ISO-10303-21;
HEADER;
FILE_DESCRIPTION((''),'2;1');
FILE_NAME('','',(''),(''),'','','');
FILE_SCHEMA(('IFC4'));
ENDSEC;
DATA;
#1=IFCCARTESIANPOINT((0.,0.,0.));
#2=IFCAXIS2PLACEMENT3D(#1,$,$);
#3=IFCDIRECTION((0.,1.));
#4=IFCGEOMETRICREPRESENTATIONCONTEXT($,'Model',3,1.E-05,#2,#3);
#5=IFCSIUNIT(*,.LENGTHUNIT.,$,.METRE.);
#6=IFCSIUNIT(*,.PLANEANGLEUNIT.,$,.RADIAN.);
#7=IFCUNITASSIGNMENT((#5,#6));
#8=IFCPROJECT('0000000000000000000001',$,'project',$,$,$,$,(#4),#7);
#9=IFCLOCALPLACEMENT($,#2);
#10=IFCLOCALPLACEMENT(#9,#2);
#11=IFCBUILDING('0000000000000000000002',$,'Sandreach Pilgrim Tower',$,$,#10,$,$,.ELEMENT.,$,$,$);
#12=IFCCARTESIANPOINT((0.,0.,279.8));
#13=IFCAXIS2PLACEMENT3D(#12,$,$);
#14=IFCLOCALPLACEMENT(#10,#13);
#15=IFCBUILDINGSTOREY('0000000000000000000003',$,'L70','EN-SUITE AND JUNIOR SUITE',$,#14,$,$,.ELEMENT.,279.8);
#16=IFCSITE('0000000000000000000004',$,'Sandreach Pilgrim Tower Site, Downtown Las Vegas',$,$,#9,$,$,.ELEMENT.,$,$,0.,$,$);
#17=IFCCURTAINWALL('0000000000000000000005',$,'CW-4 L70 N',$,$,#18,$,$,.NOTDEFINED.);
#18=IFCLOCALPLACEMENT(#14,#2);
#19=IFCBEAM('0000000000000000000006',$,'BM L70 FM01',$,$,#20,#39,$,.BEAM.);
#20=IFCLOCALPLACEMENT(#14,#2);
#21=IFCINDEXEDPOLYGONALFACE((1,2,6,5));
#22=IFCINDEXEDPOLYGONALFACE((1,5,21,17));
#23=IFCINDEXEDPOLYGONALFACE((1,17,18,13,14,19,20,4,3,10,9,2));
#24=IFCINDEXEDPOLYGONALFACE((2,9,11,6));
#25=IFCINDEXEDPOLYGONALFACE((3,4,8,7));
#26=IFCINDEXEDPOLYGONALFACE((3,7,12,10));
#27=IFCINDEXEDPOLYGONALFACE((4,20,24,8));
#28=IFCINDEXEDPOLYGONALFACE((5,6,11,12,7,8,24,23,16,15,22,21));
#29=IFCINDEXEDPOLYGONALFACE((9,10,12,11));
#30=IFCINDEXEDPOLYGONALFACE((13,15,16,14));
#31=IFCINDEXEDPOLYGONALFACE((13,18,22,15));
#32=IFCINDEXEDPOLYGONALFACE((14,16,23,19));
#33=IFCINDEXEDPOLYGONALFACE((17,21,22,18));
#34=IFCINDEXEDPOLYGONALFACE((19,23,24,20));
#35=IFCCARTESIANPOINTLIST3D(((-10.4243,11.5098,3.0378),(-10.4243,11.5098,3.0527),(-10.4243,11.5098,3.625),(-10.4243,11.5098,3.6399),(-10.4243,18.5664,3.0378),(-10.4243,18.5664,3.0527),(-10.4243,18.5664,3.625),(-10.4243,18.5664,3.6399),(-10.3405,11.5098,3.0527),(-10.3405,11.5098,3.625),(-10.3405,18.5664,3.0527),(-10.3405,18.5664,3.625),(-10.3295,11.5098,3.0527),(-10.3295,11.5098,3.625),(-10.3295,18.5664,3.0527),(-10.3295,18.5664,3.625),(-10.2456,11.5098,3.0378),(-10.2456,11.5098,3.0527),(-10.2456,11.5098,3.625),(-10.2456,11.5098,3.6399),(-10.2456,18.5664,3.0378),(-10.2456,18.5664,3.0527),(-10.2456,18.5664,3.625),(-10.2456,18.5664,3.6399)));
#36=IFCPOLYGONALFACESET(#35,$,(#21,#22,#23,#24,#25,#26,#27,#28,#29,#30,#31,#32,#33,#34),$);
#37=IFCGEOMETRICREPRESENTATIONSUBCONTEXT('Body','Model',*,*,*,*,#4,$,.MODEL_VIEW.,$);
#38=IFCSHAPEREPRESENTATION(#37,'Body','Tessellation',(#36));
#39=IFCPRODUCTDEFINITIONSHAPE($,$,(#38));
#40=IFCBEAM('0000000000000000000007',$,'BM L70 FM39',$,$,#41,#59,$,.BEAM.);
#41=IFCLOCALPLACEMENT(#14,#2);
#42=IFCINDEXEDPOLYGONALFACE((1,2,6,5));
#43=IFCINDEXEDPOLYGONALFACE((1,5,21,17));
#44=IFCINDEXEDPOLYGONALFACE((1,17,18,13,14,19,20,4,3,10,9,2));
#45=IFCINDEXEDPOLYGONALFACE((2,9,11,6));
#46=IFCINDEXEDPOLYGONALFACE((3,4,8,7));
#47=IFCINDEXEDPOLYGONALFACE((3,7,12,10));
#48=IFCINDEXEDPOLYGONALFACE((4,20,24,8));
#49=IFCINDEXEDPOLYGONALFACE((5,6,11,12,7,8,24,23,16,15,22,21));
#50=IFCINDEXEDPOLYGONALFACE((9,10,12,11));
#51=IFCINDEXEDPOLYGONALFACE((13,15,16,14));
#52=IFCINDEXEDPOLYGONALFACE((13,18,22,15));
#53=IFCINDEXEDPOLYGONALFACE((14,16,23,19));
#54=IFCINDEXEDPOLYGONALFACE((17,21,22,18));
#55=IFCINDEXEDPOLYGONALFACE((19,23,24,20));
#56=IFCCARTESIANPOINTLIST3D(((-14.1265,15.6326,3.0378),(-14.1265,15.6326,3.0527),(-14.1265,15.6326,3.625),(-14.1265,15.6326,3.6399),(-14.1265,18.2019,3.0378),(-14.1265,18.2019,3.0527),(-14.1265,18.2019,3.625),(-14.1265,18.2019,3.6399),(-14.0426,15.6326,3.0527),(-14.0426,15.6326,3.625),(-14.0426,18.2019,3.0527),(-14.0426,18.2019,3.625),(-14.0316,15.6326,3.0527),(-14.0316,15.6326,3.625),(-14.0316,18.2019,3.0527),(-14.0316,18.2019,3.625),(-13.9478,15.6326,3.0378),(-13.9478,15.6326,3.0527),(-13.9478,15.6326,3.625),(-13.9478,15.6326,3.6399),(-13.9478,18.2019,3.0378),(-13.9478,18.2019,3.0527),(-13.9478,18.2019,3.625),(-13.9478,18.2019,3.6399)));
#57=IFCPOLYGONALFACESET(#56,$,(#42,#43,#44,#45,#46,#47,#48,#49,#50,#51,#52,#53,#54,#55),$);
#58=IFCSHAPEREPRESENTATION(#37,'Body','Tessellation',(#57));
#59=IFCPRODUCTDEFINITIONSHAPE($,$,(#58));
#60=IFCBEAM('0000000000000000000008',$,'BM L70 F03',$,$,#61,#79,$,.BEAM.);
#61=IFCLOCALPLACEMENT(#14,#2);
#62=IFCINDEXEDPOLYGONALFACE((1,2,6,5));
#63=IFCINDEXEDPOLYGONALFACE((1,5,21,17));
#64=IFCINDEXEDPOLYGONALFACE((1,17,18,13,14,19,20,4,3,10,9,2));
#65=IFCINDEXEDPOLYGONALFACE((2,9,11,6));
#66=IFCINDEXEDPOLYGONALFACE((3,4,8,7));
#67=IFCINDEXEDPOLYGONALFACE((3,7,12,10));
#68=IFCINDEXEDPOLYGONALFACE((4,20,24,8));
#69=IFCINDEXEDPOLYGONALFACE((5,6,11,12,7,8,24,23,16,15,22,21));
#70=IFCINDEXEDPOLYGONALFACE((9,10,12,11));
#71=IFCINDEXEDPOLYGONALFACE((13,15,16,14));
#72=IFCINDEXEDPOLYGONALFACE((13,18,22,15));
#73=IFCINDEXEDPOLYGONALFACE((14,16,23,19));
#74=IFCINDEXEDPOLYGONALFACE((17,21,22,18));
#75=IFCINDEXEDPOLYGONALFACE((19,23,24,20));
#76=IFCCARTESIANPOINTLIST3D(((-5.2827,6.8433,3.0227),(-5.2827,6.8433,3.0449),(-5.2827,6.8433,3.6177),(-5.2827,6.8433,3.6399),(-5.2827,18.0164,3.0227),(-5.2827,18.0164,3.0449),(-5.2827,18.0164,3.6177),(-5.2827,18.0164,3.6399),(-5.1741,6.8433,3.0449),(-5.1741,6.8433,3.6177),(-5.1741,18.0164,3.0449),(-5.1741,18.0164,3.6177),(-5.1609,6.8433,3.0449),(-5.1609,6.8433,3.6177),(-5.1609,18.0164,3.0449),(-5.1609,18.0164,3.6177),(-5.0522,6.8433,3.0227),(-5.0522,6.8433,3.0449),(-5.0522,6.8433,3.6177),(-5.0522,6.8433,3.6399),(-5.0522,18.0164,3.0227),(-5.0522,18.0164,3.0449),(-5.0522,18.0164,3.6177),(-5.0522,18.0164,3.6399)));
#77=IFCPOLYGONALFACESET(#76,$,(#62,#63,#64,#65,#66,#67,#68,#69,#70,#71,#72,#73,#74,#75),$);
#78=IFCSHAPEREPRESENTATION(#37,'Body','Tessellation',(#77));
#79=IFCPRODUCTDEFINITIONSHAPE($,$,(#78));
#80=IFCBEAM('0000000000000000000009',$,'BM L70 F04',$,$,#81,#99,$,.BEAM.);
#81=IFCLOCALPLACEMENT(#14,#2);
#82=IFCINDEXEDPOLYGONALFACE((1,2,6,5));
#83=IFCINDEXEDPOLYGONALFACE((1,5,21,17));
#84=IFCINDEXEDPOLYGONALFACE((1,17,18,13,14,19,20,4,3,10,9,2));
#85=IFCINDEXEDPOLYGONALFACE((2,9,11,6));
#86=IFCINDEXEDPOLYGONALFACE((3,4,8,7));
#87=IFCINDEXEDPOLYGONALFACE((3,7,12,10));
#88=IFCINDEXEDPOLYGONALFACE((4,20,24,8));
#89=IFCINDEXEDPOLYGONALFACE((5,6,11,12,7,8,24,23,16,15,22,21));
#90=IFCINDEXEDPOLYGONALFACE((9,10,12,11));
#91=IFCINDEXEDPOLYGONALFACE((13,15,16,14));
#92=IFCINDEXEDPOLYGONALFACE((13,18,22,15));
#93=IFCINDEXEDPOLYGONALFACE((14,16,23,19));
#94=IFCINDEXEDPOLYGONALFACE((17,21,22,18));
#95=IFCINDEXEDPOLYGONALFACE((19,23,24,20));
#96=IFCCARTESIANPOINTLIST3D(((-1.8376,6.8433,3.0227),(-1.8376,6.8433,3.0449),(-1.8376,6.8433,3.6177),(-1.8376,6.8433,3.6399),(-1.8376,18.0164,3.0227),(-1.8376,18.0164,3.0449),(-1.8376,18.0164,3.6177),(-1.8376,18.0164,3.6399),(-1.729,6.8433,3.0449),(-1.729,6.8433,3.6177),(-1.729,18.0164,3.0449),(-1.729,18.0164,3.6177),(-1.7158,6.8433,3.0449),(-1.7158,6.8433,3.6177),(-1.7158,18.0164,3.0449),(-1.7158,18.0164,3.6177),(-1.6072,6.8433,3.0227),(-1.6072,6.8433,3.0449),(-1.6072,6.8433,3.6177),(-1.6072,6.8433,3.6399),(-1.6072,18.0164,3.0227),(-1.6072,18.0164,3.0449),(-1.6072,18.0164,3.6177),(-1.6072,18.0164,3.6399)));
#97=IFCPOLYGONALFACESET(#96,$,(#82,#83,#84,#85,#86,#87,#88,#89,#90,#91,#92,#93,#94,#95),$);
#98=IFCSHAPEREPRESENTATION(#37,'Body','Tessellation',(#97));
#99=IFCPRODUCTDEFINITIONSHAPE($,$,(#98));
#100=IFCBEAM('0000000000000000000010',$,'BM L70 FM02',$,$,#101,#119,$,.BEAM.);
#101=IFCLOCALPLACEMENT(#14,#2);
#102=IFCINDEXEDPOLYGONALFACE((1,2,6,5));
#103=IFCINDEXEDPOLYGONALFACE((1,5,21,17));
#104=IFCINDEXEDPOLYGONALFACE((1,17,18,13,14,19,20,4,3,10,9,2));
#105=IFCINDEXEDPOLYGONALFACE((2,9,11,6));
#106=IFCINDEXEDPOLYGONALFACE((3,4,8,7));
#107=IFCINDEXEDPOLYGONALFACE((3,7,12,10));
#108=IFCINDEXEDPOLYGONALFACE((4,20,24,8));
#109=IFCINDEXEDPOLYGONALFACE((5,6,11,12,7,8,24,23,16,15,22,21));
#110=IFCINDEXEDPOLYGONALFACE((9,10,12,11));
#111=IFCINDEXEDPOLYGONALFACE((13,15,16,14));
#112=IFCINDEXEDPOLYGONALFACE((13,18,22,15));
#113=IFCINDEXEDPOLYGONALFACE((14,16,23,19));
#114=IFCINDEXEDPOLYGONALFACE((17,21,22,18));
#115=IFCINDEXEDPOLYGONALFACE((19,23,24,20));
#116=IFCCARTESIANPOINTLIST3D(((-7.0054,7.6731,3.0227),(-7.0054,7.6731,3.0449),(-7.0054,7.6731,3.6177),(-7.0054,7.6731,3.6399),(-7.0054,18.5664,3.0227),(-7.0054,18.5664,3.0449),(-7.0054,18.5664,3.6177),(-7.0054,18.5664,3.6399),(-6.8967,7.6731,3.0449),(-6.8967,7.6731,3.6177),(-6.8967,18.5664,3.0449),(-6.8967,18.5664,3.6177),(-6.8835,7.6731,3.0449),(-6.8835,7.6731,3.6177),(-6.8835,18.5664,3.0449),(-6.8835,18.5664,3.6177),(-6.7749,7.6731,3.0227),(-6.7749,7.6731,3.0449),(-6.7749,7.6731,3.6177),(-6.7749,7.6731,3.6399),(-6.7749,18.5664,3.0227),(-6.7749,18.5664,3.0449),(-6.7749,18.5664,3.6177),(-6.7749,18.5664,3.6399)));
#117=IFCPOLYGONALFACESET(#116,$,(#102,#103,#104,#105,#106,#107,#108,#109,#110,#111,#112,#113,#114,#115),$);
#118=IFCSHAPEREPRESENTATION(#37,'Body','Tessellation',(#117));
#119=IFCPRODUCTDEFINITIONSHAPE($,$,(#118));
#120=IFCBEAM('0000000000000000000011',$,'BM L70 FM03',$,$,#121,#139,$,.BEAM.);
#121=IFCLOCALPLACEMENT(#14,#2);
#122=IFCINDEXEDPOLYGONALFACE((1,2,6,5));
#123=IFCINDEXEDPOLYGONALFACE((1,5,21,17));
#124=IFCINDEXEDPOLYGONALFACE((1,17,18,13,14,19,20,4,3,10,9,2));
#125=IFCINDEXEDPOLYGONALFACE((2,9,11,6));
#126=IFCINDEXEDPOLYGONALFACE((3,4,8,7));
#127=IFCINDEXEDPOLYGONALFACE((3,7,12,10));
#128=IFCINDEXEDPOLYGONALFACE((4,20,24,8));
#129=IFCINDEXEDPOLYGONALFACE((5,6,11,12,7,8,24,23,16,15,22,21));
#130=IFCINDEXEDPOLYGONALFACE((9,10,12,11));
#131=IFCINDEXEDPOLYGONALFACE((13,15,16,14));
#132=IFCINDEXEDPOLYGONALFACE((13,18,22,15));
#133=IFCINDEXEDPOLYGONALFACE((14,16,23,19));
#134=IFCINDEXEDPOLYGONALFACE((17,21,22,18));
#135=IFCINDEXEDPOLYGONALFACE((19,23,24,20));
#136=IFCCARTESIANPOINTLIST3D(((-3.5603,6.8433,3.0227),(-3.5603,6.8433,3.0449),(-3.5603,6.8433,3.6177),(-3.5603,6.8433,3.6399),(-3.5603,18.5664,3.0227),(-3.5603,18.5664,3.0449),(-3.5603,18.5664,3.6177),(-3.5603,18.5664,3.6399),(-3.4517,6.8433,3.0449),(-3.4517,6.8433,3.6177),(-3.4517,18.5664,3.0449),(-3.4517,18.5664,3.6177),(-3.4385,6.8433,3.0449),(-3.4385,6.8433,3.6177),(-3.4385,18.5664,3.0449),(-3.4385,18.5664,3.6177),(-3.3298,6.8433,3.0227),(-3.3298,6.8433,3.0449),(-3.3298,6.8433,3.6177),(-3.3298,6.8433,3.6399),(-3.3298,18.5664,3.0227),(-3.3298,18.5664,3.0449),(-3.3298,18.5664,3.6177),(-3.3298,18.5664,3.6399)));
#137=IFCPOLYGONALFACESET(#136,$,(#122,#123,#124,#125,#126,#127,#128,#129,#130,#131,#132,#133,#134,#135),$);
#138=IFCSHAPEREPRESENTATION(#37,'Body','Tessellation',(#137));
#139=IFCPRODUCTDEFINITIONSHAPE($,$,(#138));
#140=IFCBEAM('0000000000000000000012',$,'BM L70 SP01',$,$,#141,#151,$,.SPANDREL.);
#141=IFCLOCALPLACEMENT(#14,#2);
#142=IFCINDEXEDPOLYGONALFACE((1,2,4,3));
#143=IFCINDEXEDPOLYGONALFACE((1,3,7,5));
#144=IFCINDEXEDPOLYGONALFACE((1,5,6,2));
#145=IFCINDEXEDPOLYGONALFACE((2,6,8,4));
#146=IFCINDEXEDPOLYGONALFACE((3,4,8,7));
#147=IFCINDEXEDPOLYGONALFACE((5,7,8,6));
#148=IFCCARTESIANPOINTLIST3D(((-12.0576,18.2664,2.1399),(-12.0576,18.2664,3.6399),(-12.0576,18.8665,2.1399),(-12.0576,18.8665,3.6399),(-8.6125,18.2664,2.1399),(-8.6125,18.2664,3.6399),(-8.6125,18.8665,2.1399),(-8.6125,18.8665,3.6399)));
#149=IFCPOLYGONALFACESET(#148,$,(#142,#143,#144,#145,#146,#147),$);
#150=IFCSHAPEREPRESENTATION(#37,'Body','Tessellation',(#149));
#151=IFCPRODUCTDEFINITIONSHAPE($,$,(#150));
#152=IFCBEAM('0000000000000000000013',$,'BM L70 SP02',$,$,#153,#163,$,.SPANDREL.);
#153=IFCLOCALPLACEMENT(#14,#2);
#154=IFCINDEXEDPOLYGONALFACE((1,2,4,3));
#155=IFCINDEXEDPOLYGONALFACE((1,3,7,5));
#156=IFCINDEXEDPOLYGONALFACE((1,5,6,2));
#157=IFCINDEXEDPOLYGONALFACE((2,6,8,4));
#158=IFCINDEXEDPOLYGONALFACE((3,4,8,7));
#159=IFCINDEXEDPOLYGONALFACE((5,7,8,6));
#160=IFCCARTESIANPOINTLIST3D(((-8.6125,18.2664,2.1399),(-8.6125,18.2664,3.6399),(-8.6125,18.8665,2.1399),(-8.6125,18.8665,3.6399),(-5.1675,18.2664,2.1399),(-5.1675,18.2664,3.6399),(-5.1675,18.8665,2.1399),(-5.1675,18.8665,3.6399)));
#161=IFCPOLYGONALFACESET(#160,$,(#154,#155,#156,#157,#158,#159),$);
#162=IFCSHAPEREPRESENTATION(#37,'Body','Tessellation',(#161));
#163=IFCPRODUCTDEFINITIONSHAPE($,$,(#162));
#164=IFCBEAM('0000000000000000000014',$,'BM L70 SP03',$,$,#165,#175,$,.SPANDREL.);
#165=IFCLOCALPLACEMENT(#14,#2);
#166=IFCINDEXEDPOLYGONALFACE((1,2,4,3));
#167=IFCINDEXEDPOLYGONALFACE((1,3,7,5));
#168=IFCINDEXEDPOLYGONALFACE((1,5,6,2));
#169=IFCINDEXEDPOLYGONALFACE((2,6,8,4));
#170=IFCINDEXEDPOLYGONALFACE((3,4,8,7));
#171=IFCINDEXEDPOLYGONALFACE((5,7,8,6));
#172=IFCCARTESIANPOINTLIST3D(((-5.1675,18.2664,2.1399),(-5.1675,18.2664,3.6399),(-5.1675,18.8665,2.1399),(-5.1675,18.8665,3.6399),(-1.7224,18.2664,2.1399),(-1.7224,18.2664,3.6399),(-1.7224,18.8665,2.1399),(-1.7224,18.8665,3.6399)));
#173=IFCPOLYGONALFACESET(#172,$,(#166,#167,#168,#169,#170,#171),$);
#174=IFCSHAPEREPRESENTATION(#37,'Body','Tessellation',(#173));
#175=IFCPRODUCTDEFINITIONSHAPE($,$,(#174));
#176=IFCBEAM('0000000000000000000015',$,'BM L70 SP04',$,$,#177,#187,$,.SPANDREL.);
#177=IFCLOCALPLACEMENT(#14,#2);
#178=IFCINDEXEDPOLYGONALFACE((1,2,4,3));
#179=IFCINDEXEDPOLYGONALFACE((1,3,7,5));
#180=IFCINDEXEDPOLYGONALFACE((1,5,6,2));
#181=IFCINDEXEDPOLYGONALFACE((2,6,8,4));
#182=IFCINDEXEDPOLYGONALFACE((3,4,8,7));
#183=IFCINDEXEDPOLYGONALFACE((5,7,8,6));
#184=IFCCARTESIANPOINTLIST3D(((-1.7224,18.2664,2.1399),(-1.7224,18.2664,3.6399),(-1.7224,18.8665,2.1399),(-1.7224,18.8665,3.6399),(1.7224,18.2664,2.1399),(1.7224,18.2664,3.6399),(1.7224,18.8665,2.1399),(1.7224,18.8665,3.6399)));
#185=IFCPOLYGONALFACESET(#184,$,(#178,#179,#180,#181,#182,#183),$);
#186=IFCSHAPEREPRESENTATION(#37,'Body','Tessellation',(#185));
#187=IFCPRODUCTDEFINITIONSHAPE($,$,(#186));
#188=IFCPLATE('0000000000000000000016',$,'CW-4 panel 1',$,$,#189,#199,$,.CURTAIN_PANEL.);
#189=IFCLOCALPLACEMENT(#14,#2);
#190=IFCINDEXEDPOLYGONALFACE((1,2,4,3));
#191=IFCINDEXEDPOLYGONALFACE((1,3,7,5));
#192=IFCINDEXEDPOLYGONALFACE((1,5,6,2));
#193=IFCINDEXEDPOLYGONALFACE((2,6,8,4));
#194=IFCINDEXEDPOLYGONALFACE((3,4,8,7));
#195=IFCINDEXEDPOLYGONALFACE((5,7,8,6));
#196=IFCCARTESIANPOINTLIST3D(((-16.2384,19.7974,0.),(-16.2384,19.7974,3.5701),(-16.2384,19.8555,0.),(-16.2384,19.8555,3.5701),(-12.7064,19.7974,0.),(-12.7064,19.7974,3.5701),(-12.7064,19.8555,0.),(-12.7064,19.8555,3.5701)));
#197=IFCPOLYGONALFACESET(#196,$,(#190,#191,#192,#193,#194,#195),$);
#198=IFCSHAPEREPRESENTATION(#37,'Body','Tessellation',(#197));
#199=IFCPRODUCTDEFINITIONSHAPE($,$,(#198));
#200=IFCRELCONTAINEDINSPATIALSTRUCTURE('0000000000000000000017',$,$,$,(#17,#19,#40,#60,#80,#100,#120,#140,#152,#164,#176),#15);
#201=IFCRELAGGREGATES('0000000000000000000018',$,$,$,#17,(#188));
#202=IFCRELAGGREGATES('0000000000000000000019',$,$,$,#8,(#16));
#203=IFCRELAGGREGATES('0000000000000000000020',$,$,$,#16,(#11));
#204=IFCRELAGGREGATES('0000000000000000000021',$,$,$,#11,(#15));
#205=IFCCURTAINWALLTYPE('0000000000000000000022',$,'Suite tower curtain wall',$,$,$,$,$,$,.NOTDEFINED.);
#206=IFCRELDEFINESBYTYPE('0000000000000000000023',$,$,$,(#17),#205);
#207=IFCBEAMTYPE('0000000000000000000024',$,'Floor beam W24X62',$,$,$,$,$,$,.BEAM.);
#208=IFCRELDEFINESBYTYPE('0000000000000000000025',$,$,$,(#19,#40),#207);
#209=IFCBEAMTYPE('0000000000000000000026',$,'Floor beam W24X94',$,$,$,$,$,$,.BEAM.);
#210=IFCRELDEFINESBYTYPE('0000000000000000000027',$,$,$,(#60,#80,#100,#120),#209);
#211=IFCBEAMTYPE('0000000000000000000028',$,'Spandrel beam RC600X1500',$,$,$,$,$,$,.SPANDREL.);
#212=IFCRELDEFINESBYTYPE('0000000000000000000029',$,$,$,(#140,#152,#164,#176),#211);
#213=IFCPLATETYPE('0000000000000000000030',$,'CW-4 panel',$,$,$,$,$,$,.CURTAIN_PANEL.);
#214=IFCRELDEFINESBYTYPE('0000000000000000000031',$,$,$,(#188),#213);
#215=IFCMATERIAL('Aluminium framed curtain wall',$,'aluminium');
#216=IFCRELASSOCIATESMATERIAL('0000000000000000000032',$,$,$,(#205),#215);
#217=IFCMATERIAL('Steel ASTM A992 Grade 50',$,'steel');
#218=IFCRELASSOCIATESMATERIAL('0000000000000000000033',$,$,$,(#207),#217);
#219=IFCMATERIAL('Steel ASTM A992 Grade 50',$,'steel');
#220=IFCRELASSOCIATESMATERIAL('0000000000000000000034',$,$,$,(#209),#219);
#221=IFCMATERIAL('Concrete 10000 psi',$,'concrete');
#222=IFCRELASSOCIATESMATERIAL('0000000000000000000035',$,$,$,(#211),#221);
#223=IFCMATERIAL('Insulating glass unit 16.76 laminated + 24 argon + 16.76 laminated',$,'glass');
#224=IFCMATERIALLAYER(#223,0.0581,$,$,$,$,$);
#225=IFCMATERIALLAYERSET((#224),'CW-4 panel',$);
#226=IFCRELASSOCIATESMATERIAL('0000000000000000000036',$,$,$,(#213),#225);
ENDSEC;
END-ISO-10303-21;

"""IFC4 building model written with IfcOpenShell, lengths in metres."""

from ifc_helpers import new_model, si_unit, direction, frame, origin, origin_2d, place, context, subcontext, project, spatial, rectangle, i_section, extrude, material, layer, layer_set, material_profile, profile_set, type_object, element, aggregate, save


model = new_model("IFC4")

# Units and contexts
model_context = context("Model", 3, precision=1e-05, world=origin(), true_north=direction((0.0, 1.0)))
body_context = subcontext(model_context, "Body", "Model", "MODEL_VIEW")
ifc_project = project(units=[si_unit("LENGTHUNIT", "METRE"), si_unit("PLANEANGLEUNIT", "RADIAN")], contexts=[model_context])

# Site, building, storey
site_placement = place(None, origin())
site = spatial("IfcSite", under=ifc_project, at=site_placement, Name="Sandreach Pilgrim Tower Site, Downtown Las Vegas", CompositionType="ELEMENT", RefElevation=0.0)
building_placement = place(site_placement, origin())
building = spatial("IfcBuilding", under=site, at=building_placement, Name="Sandreach Pilgrim Tower", CompositionType="ELEMENT")
storey_placement = place(building_placement, frame((0.0, 0.0, 279.8)))
storey = spatial("IfcBuildingStorey", under=building, at=storey_placement, Name="L70", Description="EN-SUITE AND JUNIOR SUITE", CompositionType="ELEMENT", Elevation=279.8)

# Curtain wall
ifc_material_1 = material(Name="Aluminium framed curtain wall", Category="aluminium")
curtain_wall_type = type_object("IfcCurtainWallType", Name="Suite tower curtain wall", PredefinedType="NOTDEFINED", material=ifc_material_1)
curtain_wall_placement = place(storey_placement, origin())
curtain_wall = element("IfcCurtainWall", 1, at=curtain_wall_placement, inside=storey, type_object=curtain_wall_type, Name="CW-4 L70 N", PredefinedType="NOTDEFINED")

# Beams
ifc_material_2 = material(Name="Steel ASTM A992 Grade 50", Category="steel")
ifc_material_profile_1 = material_profile(ifc_material_2, i_section(OverallWidth=0.1787, OverallDepth=0.6021, WebThickness=0.011, FlangeThickness=0.0149, at=origin_2d()), Name="W24X62")
ifc_profile_set_1 = profile_set([ifc_material_profile_1], Name="Steel ASTM A992 Grade 50")
beam_type_1 = type_object("IfcBeamType", Name="Floor beam W24X62", PredefinedType="BEAM", material=ifc_profile_set_1)
beam_1_placement = place(storey_placement, frame((-10.335, 18.5664, 3.3389), z_axis=(0.0, -1.0, 0.0), x_axis=(1.0, 0.0, 0.0)))
element("IfcBeam", 2, at=beam_1_placement, inside=storey, type_object=beam_type_1, Name="BM L70 FM01", PredefinedType="BEAM", context=body_context, shape_type="SweptSolid", body=[
    extrude(i_section(OverallWidth=0.1787, OverallDepth=0.6021, WebThickness=0.011, FlangeThickness=0.0149, at=origin_2d()), origin(), (0.0, 0.0, 1.0), 7.0566),
])
beam_2_placement = place(storey_placement, frame((-14.0371, 18.2019, 3.3389), z_axis=(0.0, -1.0, 0.0), x_axis=(1.0, 0.0, 0.0)))
element("IfcBeam", 3, at=beam_2_placement, inside=storey, type_object=beam_type_1, Name="BM L70 FM39", PredefinedType="BEAM", context=body_context, shape_type="SweptSolid", body=[
    extrude(i_section(OverallWidth=0.1787, OverallDepth=0.6021, WebThickness=0.011, FlangeThickness=0.0149, at=origin_2d()), origin(), (0.0, 0.0, 1.0), 2.5693),
])
ifc_material_3 = material(Name="Steel ASTM A992 Grade 50", Category="steel")
ifc_material_profile_2 = material_profile(ifc_material_3, i_section(OverallWidth=0.2305, OverallDepth=0.6172, WebThickness=0.0132, FlangeThickness=0.0222, at=origin_2d()), Name="W24X94")
ifc_profile_set_2 = profile_set([ifc_material_profile_2], Name="Steel ASTM A992 Grade 50")
beam_type_2 = type_object("IfcBeamType", Name="Floor beam W24X94", PredefinedType="BEAM", material=ifc_profile_set_2)
for number, where, z_axis, x_axis, name in (
    (4, (-5.1675, 18.0164, 3.3313), (0.0, -1.0, 0.0), (1.0, 0.0, 0.0), "BM L70 F03"),
    (5, (-1.7224, 18.0164, 3.3313), (0.0, -1.0, 0.0), (1.0, 0.0, 0.0), "BM L70 F04"),
):
    element("IfcBeam", number, at=place(storey_placement, frame(where, z_axis=z_axis, x_axis=x_axis)), inside=storey, type_object=beam_type_2, Name=name, PredefinedType="BEAM", context=body_context, shape_type="SweptSolid", body=[
        extrude(i_section(OverallWidth=0.2305, OverallDepth=0.6172, WebThickness=0.0132, FlangeThickness=0.0222, at=origin_2d()), origin(), (0.0, 0.0, 1.0), 11.1731),
    ])
beam_3_placement = place(storey_placement, frame((-6.8901, 18.5664, 3.3313), z_axis=(0.0, -1.0, 0.0), x_axis=(1.0, 0.0, 0.0)))
element("IfcBeam", 6, at=beam_3_placement, inside=storey, type_object=beam_type_2, Name="BM L70 FM02", PredefinedType="BEAM", context=body_context, shape_type="SweptSolid", body=[
    extrude(i_section(OverallWidth=0.2305, OverallDepth=0.6172, WebThickness=0.0132, FlangeThickness=0.0222, at=origin_2d()), origin(), (0.0, 0.0, 1.0), 10.8933),
])
beam_4_placement = place(storey_placement, frame((-3.4451, 18.5664, 3.3313), z_axis=(0.0, -1.0, 0.0), x_axis=(1.0, 0.0, 0.0)))
element("IfcBeam", 7, at=beam_4_placement, inside=storey, type_object=beam_type_2, Name="BM L70 FM03", PredefinedType="BEAM", context=body_context, shape_type="SweptSolid", body=[
    extrude(i_section(OverallWidth=0.2305, OverallDepth=0.6172, WebThickness=0.0132, FlangeThickness=0.0222, at=origin_2d()), origin(), (0.0, 0.0, 1.0), 11.7231),
])
ifc_material_4 = material(Name="Concrete 10000 psi", Category="concrete")
ifc_material_profile_3 = material_profile(ifc_material_4, rectangle(XDim=0.6001, YDim=1.5, at=origin_2d()), Name="RC600X1500")
ifc_profile_set_3 = profile_set([ifc_material_profile_3], Name="Concrete 10000 psi")
beam_type_3 = type_object("IfcBeamType", Name="Spandrel beam RC600X1500", PredefinedType="SPANDREL", material=ifc_profile_set_3)
for number, where, z_axis, x_axis, name in (
    (8, (-12.0576, 18.5664, 2.8899), (1.0, 0.0, 0.0), (0.0, 1.0, 0.0), "BM L70 SP01"),
    (9, (-8.6125, 18.5664, 2.8899), (1.0, 0.0, 0.0), (0.0, 1.0, 0.0), "BM L70 SP02"),
    (10, (-5.1675, 18.5664, 2.8899), (1.0, 0.0, 0.0), (0.0, 1.0, 0.0), "BM L70 SP03"),
):
    element("IfcBeam", number, at=place(storey_placement, frame(where, z_axis=z_axis, x_axis=x_axis)), inside=storey, type_object=beam_type_3, Name=name, PredefinedType="SPANDREL", context=body_context, shape_type="SweptSolid", body=[
        extrude(rectangle(XDim=0.6001, YDim=1.5, at=origin_2d()), origin(), (0.0, 0.0, 1.0), 3.4451),
    ])
beam_5_placement = place(storey_placement, frame((-1.7224, 18.5664, 2.8899), z_axis=(1.0, 0.0, 0.0), x_axis=(0.0, 1.0, 0.0)))
element("IfcBeam", 11, at=beam_5_placement, inside=storey, type_object=beam_type_3, Name="BM L70 SP04", PredefinedType="SPANDREL", context=body_context, shape_type="SweptSolid", body=[
    extrude(rectangle(XDim=0.6001, YDim=1.5, at=origin_2d()), origin(), (0.0, 0.0, 1.0), 3.4448),
])

# Plate
ifc_material_5 = material(Name="Insulating glass unit 16.76 laminated + 24 argon + 16.76 laminated", Category="glass")
ifc_layer_1 = layer(ifc_material_5, 0.0581)
ifc_layer_set_1 = layer_set([ifc_layer_1], Name="CW-4 panel")
plate_type = type_object("IfcPlateType", Name="CW-4 panel", PredefinedType="CURTAIN_PANEL", material=ifc_layer_set_1)
plate_1_placement = place(storey_placement, frame((-14.4724, 19.8264, 0.0), z_axis=(0.0, 0.0, 1.0), x_axis=(1.0, 0.0, 0.0)))
plate_1 = element("IfcPlate", 12, at=plate_1_placement, type_object=plate_type, Name="CW-4 panel 1", PredefinedType="CURTAIN_PANEL", context=body_context, shape_type="SweptSolid", body=[
    extrude(rectangle(XDim=3.532, YDim=0.0581, at=origin_2d()), origin(), (0.0, 0.0, 1.0), 3.5701),
])
aggregate(curtain_wall, [plate_1])

save(model, "model.ifc")
